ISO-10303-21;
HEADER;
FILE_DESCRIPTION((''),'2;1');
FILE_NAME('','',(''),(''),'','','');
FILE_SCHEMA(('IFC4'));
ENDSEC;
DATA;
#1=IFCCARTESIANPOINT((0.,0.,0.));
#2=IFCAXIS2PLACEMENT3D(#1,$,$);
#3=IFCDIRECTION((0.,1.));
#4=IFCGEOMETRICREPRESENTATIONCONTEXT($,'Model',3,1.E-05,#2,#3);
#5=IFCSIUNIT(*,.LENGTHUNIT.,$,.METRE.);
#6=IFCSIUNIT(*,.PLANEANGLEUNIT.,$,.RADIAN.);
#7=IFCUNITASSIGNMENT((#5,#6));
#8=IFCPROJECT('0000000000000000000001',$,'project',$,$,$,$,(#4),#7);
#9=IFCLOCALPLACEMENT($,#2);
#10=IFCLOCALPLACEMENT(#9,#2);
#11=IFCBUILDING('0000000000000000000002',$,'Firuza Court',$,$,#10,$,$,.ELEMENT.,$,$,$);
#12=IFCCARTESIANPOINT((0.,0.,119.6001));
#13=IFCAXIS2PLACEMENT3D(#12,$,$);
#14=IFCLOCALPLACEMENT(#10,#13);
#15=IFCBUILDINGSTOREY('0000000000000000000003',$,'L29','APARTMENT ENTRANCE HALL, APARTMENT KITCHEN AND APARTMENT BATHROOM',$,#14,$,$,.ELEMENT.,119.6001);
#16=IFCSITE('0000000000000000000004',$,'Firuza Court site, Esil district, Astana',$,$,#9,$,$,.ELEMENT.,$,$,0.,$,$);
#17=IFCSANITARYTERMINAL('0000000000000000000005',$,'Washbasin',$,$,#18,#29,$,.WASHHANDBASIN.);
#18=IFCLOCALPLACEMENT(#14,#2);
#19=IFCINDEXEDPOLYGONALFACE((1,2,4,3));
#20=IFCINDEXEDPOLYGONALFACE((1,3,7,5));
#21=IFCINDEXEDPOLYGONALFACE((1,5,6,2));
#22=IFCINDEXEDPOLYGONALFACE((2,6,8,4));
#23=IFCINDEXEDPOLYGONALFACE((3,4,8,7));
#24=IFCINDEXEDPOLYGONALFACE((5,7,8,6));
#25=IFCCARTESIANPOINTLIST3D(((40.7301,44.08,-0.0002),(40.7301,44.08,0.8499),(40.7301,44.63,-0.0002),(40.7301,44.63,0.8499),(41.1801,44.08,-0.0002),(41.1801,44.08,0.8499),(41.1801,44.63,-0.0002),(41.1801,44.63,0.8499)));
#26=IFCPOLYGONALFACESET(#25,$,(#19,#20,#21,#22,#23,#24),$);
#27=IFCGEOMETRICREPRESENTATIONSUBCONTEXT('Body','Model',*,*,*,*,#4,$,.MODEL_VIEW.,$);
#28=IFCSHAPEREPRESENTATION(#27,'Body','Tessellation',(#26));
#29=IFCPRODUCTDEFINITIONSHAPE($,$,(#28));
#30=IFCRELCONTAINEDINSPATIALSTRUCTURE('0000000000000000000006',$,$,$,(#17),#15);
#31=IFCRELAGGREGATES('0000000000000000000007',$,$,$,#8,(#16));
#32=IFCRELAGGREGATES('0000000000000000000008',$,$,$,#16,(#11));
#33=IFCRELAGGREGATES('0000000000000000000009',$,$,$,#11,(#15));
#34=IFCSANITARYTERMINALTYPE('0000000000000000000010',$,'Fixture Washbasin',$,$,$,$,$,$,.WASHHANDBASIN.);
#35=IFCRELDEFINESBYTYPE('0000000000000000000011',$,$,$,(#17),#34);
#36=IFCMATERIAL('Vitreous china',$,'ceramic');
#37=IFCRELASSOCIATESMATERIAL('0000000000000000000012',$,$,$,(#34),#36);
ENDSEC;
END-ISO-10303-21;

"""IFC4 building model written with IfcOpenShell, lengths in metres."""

from ifc_helpers import new_model, si_unit, direction, frame, origin, origin_2d, place, context, subcontext, project, spatial, rectangle, extrude, material, type_object, element, save


model = new_model("IFC4")

# Units and contexts
model_context = context("Model", 3, precision=1e-05, world=origin(), true_north=direction((0.0, 1.0)))
body_context = subcontext(model_context, "Body", "Model", "MODEL_VIEW")
ifc_project = project(units=[si_unit("LENGTHUNIT", "METRE"), si_unit("PLANEANGLEUNIT", "RADIAN")], contexts=[model_context])

# Site, building, storey
site_placement = place(None, origin())
site = spatial("IfcSite", under=ifc_project, at=site_placement, Name="Firuza Court site, Esil district, Astana", CompositionType="ELEMENT", RefElevation=0.0)
building_placement = place(site_placement, origin())
building = spatial("IfcBuilding", under=site, at=building_placement, Name="Firuza Court", CompositionType="ELEMENT")
storey_placement = place(building_placement, frame((0.0, 0.0, 119.6001)))
storey = spatial("IfcBuildingStorey", under=building, at=storey_placement, Name="L29", Description="APARTMENT ENTRANCE HALL, APARTMENT KITCHEN AND APARTMENT BATHROOM", CompositionType="ELEMENT", Elevation=119.6001)

# Sanitary terminal
ifc_material_1 = material(Name="Vitreous china", Category="ceramic")
sanitary_terminal_type_1 = type_object("IfcSanitaryTerminalType", Name="Fixture Washbasin", PredefinedType="WASHHANDBASIN", material=ifc_material_1)
for number, where, z_axis, x_axis, name in (
    (1, (40.9551, 44.355, -0.0002), (0.0, 0.0, 1.0), (1.0, 0.0, 0.0), "Washbasin"),
):
    element("IfcSanitaryTerminal", number, at=place(storey_placement, frame(where, z_axis=z_axis, x_axis=x_axis)), inside=storey, type_object=sanitary_terminal_type_1, Name=name, PredefinedType="WASHHANDBASIN", context=body_context, shape_type="SweptSolid", body=[
        extrude(rectangle(XDim=0.45, YDim=0.55, at=origin_2d()), origin(), (0.0, 0.0, 1.0), 0.8501),
    ])

save(model, "model.ifc")
